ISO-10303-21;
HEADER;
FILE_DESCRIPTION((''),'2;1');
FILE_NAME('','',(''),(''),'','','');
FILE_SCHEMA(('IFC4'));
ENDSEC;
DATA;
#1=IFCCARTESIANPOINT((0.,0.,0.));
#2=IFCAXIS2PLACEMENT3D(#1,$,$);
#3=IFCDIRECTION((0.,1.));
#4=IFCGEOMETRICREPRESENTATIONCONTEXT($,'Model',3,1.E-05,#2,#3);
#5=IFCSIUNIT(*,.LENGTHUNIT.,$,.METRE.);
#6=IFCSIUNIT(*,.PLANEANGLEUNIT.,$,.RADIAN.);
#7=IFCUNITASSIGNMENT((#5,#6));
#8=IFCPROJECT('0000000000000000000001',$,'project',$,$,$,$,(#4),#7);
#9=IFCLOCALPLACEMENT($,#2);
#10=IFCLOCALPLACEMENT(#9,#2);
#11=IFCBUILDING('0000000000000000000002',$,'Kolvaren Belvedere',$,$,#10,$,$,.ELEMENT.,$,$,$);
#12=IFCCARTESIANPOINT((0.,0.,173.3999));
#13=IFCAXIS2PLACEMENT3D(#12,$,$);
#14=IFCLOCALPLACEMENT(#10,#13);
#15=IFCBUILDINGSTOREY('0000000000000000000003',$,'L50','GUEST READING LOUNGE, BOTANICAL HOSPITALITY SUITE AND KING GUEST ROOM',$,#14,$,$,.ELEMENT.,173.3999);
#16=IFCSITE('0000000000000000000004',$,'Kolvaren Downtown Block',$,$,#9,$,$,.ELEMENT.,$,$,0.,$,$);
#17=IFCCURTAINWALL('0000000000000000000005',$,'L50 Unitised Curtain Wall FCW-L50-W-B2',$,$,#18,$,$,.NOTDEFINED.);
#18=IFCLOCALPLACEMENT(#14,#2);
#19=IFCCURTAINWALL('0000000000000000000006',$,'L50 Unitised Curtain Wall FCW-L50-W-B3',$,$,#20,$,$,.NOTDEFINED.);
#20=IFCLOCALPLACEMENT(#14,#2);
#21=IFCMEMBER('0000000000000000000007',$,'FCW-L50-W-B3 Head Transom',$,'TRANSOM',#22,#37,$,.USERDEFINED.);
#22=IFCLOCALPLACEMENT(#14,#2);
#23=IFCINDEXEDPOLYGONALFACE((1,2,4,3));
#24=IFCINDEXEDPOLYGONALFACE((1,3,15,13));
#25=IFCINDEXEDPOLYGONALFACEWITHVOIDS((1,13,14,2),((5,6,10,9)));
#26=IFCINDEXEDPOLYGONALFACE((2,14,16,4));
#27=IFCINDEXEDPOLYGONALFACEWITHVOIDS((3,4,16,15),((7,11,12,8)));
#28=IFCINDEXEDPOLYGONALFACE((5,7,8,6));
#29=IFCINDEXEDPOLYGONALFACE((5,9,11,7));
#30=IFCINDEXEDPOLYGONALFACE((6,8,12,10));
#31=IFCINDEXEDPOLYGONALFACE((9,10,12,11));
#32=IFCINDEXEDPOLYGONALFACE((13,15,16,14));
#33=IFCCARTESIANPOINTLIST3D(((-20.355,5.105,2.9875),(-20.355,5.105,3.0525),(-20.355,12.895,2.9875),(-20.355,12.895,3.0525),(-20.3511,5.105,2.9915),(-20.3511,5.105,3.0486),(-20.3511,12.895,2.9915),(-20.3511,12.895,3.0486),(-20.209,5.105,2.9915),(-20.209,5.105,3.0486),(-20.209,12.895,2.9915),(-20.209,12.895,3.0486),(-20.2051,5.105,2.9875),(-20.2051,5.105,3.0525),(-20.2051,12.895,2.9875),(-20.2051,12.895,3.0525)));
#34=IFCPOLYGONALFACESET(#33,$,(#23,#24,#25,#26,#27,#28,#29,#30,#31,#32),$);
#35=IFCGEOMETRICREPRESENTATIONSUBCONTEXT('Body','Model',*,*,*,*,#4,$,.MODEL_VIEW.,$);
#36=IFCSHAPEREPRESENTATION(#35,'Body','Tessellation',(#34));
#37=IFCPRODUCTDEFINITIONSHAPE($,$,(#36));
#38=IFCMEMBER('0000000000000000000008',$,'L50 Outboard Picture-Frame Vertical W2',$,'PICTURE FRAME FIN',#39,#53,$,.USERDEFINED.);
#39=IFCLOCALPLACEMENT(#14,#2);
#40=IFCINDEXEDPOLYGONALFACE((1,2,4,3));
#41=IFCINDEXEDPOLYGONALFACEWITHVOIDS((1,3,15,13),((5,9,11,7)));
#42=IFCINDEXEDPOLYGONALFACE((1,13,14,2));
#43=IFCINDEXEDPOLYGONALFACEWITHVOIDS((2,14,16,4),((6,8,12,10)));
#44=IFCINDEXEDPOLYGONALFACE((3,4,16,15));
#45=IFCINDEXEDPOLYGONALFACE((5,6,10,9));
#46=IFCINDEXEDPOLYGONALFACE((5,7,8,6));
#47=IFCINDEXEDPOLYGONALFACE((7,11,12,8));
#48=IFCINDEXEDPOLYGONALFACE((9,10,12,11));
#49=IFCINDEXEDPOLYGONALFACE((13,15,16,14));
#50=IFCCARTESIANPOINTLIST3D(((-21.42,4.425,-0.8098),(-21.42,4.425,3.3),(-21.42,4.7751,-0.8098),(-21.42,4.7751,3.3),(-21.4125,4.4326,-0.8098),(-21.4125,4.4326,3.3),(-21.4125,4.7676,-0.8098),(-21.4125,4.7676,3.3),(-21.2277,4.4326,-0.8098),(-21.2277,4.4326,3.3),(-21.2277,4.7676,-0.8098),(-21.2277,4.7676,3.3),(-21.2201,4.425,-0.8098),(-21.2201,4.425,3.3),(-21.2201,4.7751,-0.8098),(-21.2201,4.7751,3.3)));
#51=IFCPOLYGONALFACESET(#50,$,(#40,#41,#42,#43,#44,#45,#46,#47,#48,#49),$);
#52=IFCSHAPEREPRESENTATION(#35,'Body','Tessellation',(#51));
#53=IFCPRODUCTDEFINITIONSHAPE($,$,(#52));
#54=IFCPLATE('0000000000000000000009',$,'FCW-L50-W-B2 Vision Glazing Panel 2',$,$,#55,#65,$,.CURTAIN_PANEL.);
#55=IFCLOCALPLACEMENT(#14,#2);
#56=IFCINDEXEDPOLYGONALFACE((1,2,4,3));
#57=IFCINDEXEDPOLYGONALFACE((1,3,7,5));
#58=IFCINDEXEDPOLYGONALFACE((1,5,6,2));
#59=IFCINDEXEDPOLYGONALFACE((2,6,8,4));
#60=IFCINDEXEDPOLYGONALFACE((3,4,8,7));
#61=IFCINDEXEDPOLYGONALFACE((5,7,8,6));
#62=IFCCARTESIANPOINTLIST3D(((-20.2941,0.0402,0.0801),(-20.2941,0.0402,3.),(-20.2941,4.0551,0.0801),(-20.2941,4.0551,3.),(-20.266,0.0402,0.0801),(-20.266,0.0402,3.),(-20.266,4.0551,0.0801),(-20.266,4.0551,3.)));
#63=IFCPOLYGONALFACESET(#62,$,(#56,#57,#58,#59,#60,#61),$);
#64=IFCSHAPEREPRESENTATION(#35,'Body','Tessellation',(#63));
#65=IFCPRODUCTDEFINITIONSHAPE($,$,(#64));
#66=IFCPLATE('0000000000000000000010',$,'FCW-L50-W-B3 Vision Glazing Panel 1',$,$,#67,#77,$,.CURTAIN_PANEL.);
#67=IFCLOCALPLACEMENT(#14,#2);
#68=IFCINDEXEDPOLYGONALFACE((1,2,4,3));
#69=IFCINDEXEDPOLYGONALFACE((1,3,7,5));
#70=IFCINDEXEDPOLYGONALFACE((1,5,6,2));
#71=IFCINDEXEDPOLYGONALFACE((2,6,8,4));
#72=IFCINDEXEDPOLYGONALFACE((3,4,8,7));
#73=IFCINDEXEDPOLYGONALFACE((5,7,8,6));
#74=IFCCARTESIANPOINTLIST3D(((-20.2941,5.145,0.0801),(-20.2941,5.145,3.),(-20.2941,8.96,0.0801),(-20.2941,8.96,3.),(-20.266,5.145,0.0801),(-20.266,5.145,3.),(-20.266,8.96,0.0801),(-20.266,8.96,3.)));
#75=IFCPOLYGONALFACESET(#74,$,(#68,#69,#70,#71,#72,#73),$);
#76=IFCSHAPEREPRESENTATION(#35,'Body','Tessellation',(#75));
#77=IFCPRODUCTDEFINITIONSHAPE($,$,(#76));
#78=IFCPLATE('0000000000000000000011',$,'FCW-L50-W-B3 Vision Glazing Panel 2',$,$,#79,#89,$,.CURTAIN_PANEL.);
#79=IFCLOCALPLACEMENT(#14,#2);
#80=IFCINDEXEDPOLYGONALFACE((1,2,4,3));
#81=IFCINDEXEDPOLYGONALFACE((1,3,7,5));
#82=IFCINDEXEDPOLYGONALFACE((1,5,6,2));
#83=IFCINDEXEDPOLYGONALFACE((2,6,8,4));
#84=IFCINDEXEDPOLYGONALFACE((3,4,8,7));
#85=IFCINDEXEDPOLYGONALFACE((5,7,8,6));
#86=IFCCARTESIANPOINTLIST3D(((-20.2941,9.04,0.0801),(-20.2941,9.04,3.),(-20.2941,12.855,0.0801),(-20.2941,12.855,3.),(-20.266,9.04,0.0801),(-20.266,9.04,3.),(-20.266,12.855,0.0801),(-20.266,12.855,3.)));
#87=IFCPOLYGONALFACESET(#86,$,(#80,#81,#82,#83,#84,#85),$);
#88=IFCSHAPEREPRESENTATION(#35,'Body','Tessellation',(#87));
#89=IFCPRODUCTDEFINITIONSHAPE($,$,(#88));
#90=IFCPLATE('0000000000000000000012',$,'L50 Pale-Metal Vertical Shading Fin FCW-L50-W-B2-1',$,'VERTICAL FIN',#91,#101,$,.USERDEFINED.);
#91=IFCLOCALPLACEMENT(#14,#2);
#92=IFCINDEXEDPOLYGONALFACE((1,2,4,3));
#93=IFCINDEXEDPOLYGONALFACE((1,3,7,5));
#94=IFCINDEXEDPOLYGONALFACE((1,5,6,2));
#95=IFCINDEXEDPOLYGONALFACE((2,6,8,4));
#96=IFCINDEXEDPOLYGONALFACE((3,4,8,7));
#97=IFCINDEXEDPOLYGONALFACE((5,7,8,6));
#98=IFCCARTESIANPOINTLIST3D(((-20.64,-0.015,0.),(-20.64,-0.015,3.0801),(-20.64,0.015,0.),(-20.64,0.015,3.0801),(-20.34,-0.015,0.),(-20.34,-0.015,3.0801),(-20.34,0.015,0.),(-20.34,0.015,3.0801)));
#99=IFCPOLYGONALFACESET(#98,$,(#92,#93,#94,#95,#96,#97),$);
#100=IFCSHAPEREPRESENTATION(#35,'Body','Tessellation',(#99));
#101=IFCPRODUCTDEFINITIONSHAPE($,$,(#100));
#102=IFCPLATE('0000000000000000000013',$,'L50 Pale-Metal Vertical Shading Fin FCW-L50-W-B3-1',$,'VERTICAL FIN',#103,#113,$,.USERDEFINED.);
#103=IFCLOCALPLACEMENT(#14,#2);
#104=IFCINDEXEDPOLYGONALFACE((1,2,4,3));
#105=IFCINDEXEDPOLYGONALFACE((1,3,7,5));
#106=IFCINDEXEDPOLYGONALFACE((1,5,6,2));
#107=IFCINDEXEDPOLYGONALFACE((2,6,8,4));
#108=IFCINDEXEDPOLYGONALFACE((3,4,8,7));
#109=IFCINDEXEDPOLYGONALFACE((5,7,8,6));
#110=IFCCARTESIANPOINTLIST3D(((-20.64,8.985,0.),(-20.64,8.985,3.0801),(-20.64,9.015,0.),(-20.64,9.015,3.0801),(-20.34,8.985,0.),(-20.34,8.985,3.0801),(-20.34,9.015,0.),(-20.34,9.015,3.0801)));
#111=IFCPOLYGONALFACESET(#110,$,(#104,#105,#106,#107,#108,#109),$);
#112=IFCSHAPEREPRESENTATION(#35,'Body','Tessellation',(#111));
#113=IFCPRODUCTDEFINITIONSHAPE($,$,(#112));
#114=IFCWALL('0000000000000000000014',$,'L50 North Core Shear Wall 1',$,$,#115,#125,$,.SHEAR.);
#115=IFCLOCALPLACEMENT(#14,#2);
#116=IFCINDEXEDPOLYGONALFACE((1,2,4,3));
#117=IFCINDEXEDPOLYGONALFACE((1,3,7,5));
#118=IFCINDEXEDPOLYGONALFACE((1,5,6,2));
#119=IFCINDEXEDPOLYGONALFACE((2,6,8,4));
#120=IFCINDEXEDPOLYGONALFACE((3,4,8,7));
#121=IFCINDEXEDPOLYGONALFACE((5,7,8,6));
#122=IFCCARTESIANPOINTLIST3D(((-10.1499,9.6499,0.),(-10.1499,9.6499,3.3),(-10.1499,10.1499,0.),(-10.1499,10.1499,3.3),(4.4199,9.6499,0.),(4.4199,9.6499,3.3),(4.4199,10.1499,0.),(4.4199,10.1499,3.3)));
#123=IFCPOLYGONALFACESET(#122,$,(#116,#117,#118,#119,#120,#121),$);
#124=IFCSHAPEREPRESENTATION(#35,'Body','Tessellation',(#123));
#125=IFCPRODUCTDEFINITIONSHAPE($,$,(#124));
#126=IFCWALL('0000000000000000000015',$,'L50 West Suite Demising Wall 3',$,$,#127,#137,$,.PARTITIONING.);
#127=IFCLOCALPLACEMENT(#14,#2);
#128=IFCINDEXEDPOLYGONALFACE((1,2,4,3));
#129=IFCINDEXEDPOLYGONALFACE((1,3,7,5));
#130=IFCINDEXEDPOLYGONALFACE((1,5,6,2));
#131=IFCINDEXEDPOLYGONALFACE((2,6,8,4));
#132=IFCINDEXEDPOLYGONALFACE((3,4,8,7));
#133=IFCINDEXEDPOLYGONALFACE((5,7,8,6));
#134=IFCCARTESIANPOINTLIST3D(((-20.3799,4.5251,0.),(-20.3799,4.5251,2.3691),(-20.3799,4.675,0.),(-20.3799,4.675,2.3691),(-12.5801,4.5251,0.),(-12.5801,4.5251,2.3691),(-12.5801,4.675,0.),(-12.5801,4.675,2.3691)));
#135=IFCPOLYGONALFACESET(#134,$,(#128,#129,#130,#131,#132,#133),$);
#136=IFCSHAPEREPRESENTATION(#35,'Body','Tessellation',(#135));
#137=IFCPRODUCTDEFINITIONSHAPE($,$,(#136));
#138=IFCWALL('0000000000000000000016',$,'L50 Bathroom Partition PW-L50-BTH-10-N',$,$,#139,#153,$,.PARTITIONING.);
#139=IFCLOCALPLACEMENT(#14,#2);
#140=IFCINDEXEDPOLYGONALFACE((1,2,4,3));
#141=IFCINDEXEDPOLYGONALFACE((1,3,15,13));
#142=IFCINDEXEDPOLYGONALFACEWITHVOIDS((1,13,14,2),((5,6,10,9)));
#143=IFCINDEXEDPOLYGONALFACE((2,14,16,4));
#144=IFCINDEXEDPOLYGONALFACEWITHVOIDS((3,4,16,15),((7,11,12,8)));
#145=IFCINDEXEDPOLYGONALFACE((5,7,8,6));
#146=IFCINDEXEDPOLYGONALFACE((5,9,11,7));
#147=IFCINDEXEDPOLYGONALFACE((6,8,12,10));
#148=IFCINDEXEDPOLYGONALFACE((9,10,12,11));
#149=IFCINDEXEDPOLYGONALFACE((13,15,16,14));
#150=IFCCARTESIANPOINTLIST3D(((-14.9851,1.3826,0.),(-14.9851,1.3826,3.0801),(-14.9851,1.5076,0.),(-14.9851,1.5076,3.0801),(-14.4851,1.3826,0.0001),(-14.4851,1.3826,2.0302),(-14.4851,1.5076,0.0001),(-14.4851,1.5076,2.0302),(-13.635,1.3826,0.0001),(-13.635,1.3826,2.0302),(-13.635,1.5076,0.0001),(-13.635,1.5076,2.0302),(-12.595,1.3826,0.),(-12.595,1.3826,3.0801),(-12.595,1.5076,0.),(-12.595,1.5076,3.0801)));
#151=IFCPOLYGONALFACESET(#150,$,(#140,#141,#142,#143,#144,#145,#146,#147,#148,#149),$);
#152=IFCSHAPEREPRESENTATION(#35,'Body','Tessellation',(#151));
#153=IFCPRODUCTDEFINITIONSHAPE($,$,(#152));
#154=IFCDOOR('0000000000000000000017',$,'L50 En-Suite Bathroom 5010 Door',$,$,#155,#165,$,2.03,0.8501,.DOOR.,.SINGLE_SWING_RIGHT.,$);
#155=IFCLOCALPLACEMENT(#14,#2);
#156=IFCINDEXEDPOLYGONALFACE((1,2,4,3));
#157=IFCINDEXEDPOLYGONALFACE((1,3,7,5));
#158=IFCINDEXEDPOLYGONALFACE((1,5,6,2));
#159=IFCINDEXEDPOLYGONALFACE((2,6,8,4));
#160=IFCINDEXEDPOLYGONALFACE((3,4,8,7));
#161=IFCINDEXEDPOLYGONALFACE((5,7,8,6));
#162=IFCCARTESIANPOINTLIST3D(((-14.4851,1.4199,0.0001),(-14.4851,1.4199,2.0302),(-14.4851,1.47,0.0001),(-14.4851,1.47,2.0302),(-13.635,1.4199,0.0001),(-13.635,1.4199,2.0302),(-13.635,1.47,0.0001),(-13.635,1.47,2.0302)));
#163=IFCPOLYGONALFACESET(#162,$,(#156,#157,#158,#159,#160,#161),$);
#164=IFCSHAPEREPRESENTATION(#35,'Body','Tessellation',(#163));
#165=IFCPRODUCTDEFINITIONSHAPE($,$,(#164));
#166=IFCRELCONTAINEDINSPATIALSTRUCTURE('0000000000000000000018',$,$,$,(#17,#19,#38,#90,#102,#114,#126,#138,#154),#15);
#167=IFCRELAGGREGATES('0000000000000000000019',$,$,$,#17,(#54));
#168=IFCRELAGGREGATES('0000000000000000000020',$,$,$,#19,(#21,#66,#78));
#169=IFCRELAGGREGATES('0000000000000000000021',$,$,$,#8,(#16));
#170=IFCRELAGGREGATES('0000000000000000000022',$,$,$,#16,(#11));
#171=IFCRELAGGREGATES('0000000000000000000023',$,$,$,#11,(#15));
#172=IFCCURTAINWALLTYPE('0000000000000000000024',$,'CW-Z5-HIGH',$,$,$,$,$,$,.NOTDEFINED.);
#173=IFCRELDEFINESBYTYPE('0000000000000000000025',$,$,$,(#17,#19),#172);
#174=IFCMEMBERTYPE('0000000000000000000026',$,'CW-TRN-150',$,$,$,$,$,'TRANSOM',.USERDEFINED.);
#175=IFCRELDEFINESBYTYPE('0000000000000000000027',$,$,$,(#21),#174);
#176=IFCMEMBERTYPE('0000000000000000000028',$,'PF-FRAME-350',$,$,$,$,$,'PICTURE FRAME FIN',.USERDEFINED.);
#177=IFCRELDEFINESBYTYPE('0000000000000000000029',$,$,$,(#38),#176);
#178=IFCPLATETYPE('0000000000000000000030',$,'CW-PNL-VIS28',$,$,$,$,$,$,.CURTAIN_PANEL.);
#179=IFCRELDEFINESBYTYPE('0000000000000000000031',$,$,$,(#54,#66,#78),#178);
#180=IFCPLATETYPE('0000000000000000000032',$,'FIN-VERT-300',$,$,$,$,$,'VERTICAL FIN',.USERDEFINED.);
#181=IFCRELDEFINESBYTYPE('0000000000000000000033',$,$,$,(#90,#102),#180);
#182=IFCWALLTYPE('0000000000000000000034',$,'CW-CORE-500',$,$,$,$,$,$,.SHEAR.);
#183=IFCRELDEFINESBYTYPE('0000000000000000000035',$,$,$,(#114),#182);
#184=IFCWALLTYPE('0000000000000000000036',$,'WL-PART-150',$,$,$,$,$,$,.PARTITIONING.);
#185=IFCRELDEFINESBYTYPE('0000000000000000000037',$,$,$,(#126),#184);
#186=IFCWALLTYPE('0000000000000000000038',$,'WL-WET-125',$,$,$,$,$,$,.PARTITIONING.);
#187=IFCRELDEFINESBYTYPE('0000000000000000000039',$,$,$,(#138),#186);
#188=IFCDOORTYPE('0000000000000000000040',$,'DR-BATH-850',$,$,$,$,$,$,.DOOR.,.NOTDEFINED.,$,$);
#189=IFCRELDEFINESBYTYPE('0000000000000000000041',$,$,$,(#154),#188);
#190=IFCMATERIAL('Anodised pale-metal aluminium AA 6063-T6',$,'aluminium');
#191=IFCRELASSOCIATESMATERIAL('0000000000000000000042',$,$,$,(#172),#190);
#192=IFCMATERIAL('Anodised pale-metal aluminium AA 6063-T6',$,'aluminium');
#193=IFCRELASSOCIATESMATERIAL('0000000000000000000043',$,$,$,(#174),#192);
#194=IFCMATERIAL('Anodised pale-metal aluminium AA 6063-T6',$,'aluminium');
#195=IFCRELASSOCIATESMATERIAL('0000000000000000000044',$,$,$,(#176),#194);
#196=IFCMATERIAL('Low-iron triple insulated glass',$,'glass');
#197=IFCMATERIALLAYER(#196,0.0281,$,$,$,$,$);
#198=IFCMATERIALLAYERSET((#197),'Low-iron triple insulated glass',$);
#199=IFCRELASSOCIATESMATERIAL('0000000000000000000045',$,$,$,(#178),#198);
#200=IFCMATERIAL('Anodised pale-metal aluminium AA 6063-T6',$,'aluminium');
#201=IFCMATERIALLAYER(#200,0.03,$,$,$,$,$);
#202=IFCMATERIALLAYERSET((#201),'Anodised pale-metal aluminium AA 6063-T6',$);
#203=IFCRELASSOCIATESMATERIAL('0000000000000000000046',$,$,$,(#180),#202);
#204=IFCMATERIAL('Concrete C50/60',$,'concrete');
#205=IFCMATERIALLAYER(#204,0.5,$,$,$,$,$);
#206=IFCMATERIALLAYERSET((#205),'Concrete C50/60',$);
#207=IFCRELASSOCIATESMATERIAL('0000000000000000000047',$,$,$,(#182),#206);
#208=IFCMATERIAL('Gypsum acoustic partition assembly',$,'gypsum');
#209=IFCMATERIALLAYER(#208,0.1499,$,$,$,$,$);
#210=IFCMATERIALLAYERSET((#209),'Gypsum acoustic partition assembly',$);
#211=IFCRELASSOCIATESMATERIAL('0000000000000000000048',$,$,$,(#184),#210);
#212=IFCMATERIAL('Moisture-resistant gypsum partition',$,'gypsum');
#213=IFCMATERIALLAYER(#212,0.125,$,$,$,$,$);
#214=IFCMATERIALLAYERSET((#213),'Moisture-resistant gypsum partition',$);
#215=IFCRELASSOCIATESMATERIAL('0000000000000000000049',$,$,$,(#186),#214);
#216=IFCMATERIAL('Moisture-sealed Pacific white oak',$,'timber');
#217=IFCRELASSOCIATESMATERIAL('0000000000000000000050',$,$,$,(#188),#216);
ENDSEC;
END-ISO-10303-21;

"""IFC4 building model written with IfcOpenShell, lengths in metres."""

from ifc_helpers import new_model, si_unit, direction, frame, frame_2d, origin, origin_2d, place, context, subcontext, project, spatial, rectangle, hollow_rectangle, extrude, material, layer, layer_set, material_profile, profile_set, type_object, element, fill, aggregate, save


model = new_model("IFC4")

# Units and contexts
model_context = context("Model", 3, precision=1e-05, world=origin(), true_north=direction((0.0, 1.0)))
body_context = subcontext(model_context, "Body", "Model", "MODEL_VIEW")
ifc_project = project(units=[si_unit("LENGTHUNIT", "METRE"), si_unit("PLANEANGLEUNIT", "RADIAN")], contexts=[model_context])

# Site, building, storey
site_placement = place(None, origin())
site = spatial("IfcSite", under=ifc_project, at=site_placement, Name="Kolvaren Downtown Block", CompositionType="ELEMENT", RefElevation=0.0)
building_placement = place(site_placement, origin())
building = spatial("IfcBuilding", under=site, at=building_placement, Name="Kolvaren Belvedere", CompositionType="ELEMENT")
storey_placement = place(building_placement, frame((0.0, 0.0, 173.3999)))
storey = spatial("IfcBuildingStorey", under=building, at=storey_placement, Name="L50", Description="GUEST READING LOUNGE, BOTANICAL HOSPITALITY SUITE AND KING GUEST ROOM", CompositionType="ELEMENT", Elevation=173.3999)

# Curtain walls, member
ifc_material_1 = material(Name="Anodised pale-metal aluminium AA 6063-T6", Category="aluminium")
curtain_wall_type = type_object("IfcCurtainWallType", Name="CW-Z5-HIGH", PredefinedType="NOTDEFINED", material=ifc_material_1)
curtain_wall_1_placement = place(storey_placement, origin())
curtain_wall_1 = element("IfcCurtainWall", 1, at=curtain_wall_1_placement, inside=storey, type_object=curtain_wall_type, Name="L50 Unitised Curtain Wall FCW-L50-W-B2", PredefinedType="NOTDEFINED")
curtain_wall_2_placement = place(storey_placement, origin())
curtain_wall_2 = element("IfcCurtainWall", 2, at=curtain_wall_2_placement, inside=storey, type_object=curtain_wall_type, Name="L50 Unitised Curtain Wall FCW-L50-W-B3", PredefinedType="NOTDEFINED")
ifc_material_2 = material(Name="Anodised pale-metal aluminium AA 6063-T6", Category="aluminium")
ifc_material_profile_1 = material_profile(ifc_material_2, hollow_rectangle(XDim=0.0649, YDim=0.1499, WallThickness=0.0039, at=origin_2d()), Name="ALU-TRN-150X65")
ifc_profile_set_1 = profile_set([ifc_material_profile_1], Name="Anodised pale-metal aluminium AA 6063-T6")
member_type_1 = type_object("IfcMemberType", Name="CW-TRN-150", ElementType="TRANSOM", PredefinedType="USERDEFINED", material=ifc_profile_set_1)
member_1_placement = place(storey_placement, frame((-20.28, 5.105, 3.02), z_axis=(0.0, 1.0, 0.0), x_axis=(0.0, 0.0, 1.0)))
member_1 = element("IfcMember", 3, at=member_1_placement, type_object=member_type_1, Name="FCW-L50-W-B3 Head Transom", ObjectType="TRANSOM", PredefinedType="USERDEFINED", context=body_context, shape_type="SweptSolid", body=[
    extrude(hollow_rectangle(XDim=0.0649, YDim=0.1499, WallThickness=0.0039, at=origin_2d()), origin(), (0.0, 0.0, 1.0), 7.79),
])

# Member
ifc_material_3 = material(Name="Anodised pale-metal aluminium AA 6063-T6", Category="aluminium")
ifc_material_profile_2 = material_profile(ifc_material_3, hollow_rectangle(XDim=0.2, YDim=0.3501, WallThickness=0.0076, at=origin_2d()), Name="ALU-PF-350X200")
ifc_profile_set_2 = profile_set([ifc_material_profile_2], Name="Anodised pale-metal aluminium AA 6063-T6")
member_type_2 = type_object("IfcMemberType", Name="PF-FRAME-350", ElementType="PICTURE FRAME FIN", PredefinedType="USERDEFINED", material=ifc_profile_set_2)
member_2_placement = place(storey_placement, frame((-21.3201, 4.6001, -0.8098), z_axis=(0.0, 0.0, 1.0), x_axis=(1.0, 0.0, 0.0)))
element("IfcMember", 4, at=member_2_placement, inside=storey, type_object=member_type_2, Name="L50 Outboard Picture-Frame Vertical W2", ObjectType="PICTURE FRAME FIN", PredefinedType="USERDEFINED", context=body_context, shape_type="SweptSolid", body=[
    extrude(hollow_rectangle(XDim=0.2, YDim=0.3501, WallThickness=0.0076, at=origin_2d()), origin(), (0.0, 0.0, 1.0), 4.1099),
])

# Plates
ifc_material_4 = material(Name="Low-iron triple insulated glass", Category="glass")
ifc_layer_1 = layer(ifc_material_4, 0.0281)
ifc_layer_set_1 = layer_set([ifc_layer_1], Name="Low-iron triple insulated glass")
plate_type_1 = type_object("IfcPlateType", Name="CW-PNL-VIS28", PredefinedType="CURTAIN_PANEL", material=ifc_layer_set_1)
plate_1_placement = place(storey_placement, frame((-20.28, 2.0476, 0.0801), z_axis=(0.0, 0.0, 1.0), x_axis=(0.0, 1.0, 0.0)))
plate_1 = element("IfcPlate", 5, at=plate_1_placement, type_object=plate_type_1, Name="FCW-L50-W-B2 Vision Glazing Panel 2", PredefinedType="CURTAIN_PANEL", context=body_context, shape_type="SweptSolid", body=[
    extrude(rectangle(XDim=4.0149, YDim=0.0281, at=origin_2d()), origin(), (0.0, 0.0, 1.0), 2.9199),
])
aggregate(curtain_wall_1, [plate_1])
plate_2_placement = place(storey_placement, frame((-20.28, 7.0525, 0.0801), z_axis=(0.0, 0.0, 1.0), x_axis=(0.0, 1.0, 0.0)))
plate_2 = element("IfcPlate", 6, at=plate_2_placement, type_object=plate_type_1, Name="FCW-L50-W-B3 Vision Glazing Panel 1", PredefinedType="CURTAIN_PANEL", context=body_context, shape_type="SweptSolid", body=[
    extrude(rectangle(XDim=3.8149, YDim=0.0281, at=origin_2d()), origin(), (0.0, 0.0, 1.0), 2.9199),
])
plate_3_placement = place(storey_placement, frame((-20.28, 10.9475, 0.0801), z_axis=(0.0, 0.0, 1.0), x_axis=(0.0, 1.0, 0.0)))
plate_3 = element("IfcPlate", 7, at=plate_3_placement, type_object=plate_type_1, Name="FCW-L50-W-B3 Vision Glazing Panel 2", PredefinedType="CURTAIN_PANEL", context=body_context, shape_type="SweptSolid", body=[
    extrude(rectangle(XDim=3.8149, YDim=0.0281, at=origin_2d()), origin(), (0.0, 0.0, 1.0), 2.9199),
])
aggregate(curtain_wall_2, [member_1, plate_2, plate_3])

# Plates
ifc_material_5 = material(Name="Anodised pale-metal aluminium AA 6063-T6", Category="aluminium")
ifc_layer_2 = layer(ifc_material_5, 0.03)
ifc_layer_set_2 = layer_set([ifc_layer_2], Name="Anodised pale-metal aluminium AA 6063-T6")
plate_type_2 = type_object("IfcPlateType", Name="FIN-VERT-300", ElementType="VERTICAL FIN", PredefinedType="USERDEFINED", material=ifc_layer_set_2)
for number, where, z_axis, x_axis, name in (
    (8, (-20.49, 0.0, 0.0), (0.0, 0.0, 1.0), (1.0, 0.0, 0.0), "L50 Pale-Metal Vertical Shading Fin FCW-L50-W-B2-1"),
    (9, (-20.49, 9.0, 0.0), (0.0, 0.0, 1.0), (1.0, 0.0, 0.0), "L50 Pale-Metal Vertical Shading Fin FCW-L50-W-B3-1"),
):
    element("IfcPlate", number, at=place(storey_placement, frame(where, z_axis=z_axis, x_axis=x_axis)), inside=storey, type_object=plate_type_2, Name=name, ObjectType="VERTICAL FIN", PredefinedType="USERDEFINED", context=body_context, shape_type="SweptSolid", body=[
        extrude(rectangle(XDim=0.3, YDim=0.03, at=origin_2d()), origin(), (0.0, 0.0, 1.0), 3.0801),
    ])

# Walls
ifc_material_6 = material(Name="Concrete C50/60", Category="concrete")
ifc_layer_3 = layer(ifc_material_6, 0.5)
ifc_layer_set_3 = layer_set([ifc_layer_3], Name="Concrete C50/60")
wall_type_1 = type_object("IfcWallType", Name="CW-CORE-500", PredefinedType="SHEAR", material=ifc_layer_set_3)
wall_1_placement = place(storey_placement, frame((-10.1499, 9.8999, 0.0), z_axis=(0.0, 0.0, 1.0), x_axis=(1.0, 0.0, 0.0)))
element("IfcWall", 10, at=wall_1_placement, inside=storey, type_object=wall_type_1, Name="L50 North Core Shear Wall 1", PredefinedType="SHEAR", context=body_context, shape_type="SweptSolid", body=[
    extrude(rectangle(XDim=14.5698, YDim=0.5, at=frame_2d((7.2849, 0.0))), origin(), (0.0, 0.0, 1.0), 3.3),
])
ifc_material_7 = material(Name="Gypsum acoustic partition assembly", Category="gypsum")
ifc_layer_4 = layer(ifc_material_7, 0.1499)
ifc_layer_set_4 = layer_set([ifc_layer_4], Name="Gypsum acoustic partition assembly")
wall_type_2 = type_object("IfcWallType", Name="WL-PART-150", PredefinedType="PARTITIONING", material=ifc_layer_set_4)
wall_2_placement = place(storey_placement, frame((-20.3799, 4.6001, 0.0), z_axis=(0.0, 0.0, 1.0), x_axis=(1.0, 0.0, 0.0)))
element("IfcWall", 11, at=wall_2_placement, inside=storey, type_object=wall_type_2, Name="L50 West Suite Demising Wall 3", PredefinedType="PARTITIONING", context=body_context, shape_type="SweptSolid", body=[
    extrude(rectangle(XDim=7.7998, YDim=0.1499, at=frame_2d((3.8999, 0.0))), origin(), (0.0, 0.0, 1.0), 2.3691),
])

# Wall, opening, door
ifc_material_8 = material(Name="Moisture-resistant gypsum partition", Category="gypsum")
ifc_layer_5 = layer(ifc_material_8, 0.125)
ifc_layer_set_5 = layer_set([ifc_layer_5], Name="Moisture-resistant gypsum partition")
wall_type_3 = type_object("IfcWallType", Name="WL-WET-125", PredefinedType="PARTITIONING", material=ifc_layer_set_5)
wall_3_placement = place(storey_placement, frame((-14.9851, 1.4451, 0.0), z_axis=(0.0, 0.0, 1.0), x_axis=(1.0, 0.0, 0.0)))
wall_3 = element("IfcWall", 12, at=wall_3_placement, inside=storey, type_object=wall_type_3, Name="L50 Bathroom Partition PW-L50-BTH-10-N", PredefinedType="PARTITIONING", context=body_context, shape_type="SweptSolid", body=[
    extrude(rectangle(XDim=2.3901, YDim=0.125, at=frame_2d((1.1951, 0.0))), origin(), (0.0, 0.0, 1.0), 3.0801),
])
opening_1_placement = place(wall_3_placement, frame((0.5, 0.0, 0.0)))
opening_1 = element("IfcOpeningElement", 13, at=opening_1_placement, cuts=wall_3, PredefinedType="OPENING", context=body_context, shape_type="SweptSolid", body=[
    extrude(rectangle(XDim=0.8501, YDim=2.03, at=frame_2d((0.425, 1.0151))), frame((0.0, 0.0725, 0.0), z_axis=(0.0, -1.0, 0.0), x_axis=(1.0, 0.0, 0.0)), (0.0, 0.0, 1.0), 0.145),
])
ifc_material_9 = material(Name="Moisture-sealed Pacific white oak", Category="timber")
door_type = type_object("IfcDoorType", Name="DR-BATH-850", OperationType="NOTDEFINED", PredefinedType="DOOR", material=ifc_material_9)
door_1_placement = place(opening_1_placement, origin())
door_1 = element("IfcDoor", 14, at=door_1_placement, inside=storey, type_object=door_type, Name="L50 En-Suite Bathroom 5010 Door", OperationType="SINGLE_SWING_RIGHT", OverallHeight=2.03, OverallWidth=0.8501, PredefinedType="DOOR", context=body_context, shape_type="SweptSolid", body=[
    extrude(rectangle(XDim=0.8501, YDim=2.03, at=frame_2d((0.425, 1.0151))), frame((0.0, 0.0249, 0.0), z_axis=(0.0, -1.0, 0.0), x_axis=(1.0, 0.0, 0.0)), (0.0, 0.0, 1.0), 0.05),
])
fill(opening_1, door_1)

save(model, "model.ifc")
